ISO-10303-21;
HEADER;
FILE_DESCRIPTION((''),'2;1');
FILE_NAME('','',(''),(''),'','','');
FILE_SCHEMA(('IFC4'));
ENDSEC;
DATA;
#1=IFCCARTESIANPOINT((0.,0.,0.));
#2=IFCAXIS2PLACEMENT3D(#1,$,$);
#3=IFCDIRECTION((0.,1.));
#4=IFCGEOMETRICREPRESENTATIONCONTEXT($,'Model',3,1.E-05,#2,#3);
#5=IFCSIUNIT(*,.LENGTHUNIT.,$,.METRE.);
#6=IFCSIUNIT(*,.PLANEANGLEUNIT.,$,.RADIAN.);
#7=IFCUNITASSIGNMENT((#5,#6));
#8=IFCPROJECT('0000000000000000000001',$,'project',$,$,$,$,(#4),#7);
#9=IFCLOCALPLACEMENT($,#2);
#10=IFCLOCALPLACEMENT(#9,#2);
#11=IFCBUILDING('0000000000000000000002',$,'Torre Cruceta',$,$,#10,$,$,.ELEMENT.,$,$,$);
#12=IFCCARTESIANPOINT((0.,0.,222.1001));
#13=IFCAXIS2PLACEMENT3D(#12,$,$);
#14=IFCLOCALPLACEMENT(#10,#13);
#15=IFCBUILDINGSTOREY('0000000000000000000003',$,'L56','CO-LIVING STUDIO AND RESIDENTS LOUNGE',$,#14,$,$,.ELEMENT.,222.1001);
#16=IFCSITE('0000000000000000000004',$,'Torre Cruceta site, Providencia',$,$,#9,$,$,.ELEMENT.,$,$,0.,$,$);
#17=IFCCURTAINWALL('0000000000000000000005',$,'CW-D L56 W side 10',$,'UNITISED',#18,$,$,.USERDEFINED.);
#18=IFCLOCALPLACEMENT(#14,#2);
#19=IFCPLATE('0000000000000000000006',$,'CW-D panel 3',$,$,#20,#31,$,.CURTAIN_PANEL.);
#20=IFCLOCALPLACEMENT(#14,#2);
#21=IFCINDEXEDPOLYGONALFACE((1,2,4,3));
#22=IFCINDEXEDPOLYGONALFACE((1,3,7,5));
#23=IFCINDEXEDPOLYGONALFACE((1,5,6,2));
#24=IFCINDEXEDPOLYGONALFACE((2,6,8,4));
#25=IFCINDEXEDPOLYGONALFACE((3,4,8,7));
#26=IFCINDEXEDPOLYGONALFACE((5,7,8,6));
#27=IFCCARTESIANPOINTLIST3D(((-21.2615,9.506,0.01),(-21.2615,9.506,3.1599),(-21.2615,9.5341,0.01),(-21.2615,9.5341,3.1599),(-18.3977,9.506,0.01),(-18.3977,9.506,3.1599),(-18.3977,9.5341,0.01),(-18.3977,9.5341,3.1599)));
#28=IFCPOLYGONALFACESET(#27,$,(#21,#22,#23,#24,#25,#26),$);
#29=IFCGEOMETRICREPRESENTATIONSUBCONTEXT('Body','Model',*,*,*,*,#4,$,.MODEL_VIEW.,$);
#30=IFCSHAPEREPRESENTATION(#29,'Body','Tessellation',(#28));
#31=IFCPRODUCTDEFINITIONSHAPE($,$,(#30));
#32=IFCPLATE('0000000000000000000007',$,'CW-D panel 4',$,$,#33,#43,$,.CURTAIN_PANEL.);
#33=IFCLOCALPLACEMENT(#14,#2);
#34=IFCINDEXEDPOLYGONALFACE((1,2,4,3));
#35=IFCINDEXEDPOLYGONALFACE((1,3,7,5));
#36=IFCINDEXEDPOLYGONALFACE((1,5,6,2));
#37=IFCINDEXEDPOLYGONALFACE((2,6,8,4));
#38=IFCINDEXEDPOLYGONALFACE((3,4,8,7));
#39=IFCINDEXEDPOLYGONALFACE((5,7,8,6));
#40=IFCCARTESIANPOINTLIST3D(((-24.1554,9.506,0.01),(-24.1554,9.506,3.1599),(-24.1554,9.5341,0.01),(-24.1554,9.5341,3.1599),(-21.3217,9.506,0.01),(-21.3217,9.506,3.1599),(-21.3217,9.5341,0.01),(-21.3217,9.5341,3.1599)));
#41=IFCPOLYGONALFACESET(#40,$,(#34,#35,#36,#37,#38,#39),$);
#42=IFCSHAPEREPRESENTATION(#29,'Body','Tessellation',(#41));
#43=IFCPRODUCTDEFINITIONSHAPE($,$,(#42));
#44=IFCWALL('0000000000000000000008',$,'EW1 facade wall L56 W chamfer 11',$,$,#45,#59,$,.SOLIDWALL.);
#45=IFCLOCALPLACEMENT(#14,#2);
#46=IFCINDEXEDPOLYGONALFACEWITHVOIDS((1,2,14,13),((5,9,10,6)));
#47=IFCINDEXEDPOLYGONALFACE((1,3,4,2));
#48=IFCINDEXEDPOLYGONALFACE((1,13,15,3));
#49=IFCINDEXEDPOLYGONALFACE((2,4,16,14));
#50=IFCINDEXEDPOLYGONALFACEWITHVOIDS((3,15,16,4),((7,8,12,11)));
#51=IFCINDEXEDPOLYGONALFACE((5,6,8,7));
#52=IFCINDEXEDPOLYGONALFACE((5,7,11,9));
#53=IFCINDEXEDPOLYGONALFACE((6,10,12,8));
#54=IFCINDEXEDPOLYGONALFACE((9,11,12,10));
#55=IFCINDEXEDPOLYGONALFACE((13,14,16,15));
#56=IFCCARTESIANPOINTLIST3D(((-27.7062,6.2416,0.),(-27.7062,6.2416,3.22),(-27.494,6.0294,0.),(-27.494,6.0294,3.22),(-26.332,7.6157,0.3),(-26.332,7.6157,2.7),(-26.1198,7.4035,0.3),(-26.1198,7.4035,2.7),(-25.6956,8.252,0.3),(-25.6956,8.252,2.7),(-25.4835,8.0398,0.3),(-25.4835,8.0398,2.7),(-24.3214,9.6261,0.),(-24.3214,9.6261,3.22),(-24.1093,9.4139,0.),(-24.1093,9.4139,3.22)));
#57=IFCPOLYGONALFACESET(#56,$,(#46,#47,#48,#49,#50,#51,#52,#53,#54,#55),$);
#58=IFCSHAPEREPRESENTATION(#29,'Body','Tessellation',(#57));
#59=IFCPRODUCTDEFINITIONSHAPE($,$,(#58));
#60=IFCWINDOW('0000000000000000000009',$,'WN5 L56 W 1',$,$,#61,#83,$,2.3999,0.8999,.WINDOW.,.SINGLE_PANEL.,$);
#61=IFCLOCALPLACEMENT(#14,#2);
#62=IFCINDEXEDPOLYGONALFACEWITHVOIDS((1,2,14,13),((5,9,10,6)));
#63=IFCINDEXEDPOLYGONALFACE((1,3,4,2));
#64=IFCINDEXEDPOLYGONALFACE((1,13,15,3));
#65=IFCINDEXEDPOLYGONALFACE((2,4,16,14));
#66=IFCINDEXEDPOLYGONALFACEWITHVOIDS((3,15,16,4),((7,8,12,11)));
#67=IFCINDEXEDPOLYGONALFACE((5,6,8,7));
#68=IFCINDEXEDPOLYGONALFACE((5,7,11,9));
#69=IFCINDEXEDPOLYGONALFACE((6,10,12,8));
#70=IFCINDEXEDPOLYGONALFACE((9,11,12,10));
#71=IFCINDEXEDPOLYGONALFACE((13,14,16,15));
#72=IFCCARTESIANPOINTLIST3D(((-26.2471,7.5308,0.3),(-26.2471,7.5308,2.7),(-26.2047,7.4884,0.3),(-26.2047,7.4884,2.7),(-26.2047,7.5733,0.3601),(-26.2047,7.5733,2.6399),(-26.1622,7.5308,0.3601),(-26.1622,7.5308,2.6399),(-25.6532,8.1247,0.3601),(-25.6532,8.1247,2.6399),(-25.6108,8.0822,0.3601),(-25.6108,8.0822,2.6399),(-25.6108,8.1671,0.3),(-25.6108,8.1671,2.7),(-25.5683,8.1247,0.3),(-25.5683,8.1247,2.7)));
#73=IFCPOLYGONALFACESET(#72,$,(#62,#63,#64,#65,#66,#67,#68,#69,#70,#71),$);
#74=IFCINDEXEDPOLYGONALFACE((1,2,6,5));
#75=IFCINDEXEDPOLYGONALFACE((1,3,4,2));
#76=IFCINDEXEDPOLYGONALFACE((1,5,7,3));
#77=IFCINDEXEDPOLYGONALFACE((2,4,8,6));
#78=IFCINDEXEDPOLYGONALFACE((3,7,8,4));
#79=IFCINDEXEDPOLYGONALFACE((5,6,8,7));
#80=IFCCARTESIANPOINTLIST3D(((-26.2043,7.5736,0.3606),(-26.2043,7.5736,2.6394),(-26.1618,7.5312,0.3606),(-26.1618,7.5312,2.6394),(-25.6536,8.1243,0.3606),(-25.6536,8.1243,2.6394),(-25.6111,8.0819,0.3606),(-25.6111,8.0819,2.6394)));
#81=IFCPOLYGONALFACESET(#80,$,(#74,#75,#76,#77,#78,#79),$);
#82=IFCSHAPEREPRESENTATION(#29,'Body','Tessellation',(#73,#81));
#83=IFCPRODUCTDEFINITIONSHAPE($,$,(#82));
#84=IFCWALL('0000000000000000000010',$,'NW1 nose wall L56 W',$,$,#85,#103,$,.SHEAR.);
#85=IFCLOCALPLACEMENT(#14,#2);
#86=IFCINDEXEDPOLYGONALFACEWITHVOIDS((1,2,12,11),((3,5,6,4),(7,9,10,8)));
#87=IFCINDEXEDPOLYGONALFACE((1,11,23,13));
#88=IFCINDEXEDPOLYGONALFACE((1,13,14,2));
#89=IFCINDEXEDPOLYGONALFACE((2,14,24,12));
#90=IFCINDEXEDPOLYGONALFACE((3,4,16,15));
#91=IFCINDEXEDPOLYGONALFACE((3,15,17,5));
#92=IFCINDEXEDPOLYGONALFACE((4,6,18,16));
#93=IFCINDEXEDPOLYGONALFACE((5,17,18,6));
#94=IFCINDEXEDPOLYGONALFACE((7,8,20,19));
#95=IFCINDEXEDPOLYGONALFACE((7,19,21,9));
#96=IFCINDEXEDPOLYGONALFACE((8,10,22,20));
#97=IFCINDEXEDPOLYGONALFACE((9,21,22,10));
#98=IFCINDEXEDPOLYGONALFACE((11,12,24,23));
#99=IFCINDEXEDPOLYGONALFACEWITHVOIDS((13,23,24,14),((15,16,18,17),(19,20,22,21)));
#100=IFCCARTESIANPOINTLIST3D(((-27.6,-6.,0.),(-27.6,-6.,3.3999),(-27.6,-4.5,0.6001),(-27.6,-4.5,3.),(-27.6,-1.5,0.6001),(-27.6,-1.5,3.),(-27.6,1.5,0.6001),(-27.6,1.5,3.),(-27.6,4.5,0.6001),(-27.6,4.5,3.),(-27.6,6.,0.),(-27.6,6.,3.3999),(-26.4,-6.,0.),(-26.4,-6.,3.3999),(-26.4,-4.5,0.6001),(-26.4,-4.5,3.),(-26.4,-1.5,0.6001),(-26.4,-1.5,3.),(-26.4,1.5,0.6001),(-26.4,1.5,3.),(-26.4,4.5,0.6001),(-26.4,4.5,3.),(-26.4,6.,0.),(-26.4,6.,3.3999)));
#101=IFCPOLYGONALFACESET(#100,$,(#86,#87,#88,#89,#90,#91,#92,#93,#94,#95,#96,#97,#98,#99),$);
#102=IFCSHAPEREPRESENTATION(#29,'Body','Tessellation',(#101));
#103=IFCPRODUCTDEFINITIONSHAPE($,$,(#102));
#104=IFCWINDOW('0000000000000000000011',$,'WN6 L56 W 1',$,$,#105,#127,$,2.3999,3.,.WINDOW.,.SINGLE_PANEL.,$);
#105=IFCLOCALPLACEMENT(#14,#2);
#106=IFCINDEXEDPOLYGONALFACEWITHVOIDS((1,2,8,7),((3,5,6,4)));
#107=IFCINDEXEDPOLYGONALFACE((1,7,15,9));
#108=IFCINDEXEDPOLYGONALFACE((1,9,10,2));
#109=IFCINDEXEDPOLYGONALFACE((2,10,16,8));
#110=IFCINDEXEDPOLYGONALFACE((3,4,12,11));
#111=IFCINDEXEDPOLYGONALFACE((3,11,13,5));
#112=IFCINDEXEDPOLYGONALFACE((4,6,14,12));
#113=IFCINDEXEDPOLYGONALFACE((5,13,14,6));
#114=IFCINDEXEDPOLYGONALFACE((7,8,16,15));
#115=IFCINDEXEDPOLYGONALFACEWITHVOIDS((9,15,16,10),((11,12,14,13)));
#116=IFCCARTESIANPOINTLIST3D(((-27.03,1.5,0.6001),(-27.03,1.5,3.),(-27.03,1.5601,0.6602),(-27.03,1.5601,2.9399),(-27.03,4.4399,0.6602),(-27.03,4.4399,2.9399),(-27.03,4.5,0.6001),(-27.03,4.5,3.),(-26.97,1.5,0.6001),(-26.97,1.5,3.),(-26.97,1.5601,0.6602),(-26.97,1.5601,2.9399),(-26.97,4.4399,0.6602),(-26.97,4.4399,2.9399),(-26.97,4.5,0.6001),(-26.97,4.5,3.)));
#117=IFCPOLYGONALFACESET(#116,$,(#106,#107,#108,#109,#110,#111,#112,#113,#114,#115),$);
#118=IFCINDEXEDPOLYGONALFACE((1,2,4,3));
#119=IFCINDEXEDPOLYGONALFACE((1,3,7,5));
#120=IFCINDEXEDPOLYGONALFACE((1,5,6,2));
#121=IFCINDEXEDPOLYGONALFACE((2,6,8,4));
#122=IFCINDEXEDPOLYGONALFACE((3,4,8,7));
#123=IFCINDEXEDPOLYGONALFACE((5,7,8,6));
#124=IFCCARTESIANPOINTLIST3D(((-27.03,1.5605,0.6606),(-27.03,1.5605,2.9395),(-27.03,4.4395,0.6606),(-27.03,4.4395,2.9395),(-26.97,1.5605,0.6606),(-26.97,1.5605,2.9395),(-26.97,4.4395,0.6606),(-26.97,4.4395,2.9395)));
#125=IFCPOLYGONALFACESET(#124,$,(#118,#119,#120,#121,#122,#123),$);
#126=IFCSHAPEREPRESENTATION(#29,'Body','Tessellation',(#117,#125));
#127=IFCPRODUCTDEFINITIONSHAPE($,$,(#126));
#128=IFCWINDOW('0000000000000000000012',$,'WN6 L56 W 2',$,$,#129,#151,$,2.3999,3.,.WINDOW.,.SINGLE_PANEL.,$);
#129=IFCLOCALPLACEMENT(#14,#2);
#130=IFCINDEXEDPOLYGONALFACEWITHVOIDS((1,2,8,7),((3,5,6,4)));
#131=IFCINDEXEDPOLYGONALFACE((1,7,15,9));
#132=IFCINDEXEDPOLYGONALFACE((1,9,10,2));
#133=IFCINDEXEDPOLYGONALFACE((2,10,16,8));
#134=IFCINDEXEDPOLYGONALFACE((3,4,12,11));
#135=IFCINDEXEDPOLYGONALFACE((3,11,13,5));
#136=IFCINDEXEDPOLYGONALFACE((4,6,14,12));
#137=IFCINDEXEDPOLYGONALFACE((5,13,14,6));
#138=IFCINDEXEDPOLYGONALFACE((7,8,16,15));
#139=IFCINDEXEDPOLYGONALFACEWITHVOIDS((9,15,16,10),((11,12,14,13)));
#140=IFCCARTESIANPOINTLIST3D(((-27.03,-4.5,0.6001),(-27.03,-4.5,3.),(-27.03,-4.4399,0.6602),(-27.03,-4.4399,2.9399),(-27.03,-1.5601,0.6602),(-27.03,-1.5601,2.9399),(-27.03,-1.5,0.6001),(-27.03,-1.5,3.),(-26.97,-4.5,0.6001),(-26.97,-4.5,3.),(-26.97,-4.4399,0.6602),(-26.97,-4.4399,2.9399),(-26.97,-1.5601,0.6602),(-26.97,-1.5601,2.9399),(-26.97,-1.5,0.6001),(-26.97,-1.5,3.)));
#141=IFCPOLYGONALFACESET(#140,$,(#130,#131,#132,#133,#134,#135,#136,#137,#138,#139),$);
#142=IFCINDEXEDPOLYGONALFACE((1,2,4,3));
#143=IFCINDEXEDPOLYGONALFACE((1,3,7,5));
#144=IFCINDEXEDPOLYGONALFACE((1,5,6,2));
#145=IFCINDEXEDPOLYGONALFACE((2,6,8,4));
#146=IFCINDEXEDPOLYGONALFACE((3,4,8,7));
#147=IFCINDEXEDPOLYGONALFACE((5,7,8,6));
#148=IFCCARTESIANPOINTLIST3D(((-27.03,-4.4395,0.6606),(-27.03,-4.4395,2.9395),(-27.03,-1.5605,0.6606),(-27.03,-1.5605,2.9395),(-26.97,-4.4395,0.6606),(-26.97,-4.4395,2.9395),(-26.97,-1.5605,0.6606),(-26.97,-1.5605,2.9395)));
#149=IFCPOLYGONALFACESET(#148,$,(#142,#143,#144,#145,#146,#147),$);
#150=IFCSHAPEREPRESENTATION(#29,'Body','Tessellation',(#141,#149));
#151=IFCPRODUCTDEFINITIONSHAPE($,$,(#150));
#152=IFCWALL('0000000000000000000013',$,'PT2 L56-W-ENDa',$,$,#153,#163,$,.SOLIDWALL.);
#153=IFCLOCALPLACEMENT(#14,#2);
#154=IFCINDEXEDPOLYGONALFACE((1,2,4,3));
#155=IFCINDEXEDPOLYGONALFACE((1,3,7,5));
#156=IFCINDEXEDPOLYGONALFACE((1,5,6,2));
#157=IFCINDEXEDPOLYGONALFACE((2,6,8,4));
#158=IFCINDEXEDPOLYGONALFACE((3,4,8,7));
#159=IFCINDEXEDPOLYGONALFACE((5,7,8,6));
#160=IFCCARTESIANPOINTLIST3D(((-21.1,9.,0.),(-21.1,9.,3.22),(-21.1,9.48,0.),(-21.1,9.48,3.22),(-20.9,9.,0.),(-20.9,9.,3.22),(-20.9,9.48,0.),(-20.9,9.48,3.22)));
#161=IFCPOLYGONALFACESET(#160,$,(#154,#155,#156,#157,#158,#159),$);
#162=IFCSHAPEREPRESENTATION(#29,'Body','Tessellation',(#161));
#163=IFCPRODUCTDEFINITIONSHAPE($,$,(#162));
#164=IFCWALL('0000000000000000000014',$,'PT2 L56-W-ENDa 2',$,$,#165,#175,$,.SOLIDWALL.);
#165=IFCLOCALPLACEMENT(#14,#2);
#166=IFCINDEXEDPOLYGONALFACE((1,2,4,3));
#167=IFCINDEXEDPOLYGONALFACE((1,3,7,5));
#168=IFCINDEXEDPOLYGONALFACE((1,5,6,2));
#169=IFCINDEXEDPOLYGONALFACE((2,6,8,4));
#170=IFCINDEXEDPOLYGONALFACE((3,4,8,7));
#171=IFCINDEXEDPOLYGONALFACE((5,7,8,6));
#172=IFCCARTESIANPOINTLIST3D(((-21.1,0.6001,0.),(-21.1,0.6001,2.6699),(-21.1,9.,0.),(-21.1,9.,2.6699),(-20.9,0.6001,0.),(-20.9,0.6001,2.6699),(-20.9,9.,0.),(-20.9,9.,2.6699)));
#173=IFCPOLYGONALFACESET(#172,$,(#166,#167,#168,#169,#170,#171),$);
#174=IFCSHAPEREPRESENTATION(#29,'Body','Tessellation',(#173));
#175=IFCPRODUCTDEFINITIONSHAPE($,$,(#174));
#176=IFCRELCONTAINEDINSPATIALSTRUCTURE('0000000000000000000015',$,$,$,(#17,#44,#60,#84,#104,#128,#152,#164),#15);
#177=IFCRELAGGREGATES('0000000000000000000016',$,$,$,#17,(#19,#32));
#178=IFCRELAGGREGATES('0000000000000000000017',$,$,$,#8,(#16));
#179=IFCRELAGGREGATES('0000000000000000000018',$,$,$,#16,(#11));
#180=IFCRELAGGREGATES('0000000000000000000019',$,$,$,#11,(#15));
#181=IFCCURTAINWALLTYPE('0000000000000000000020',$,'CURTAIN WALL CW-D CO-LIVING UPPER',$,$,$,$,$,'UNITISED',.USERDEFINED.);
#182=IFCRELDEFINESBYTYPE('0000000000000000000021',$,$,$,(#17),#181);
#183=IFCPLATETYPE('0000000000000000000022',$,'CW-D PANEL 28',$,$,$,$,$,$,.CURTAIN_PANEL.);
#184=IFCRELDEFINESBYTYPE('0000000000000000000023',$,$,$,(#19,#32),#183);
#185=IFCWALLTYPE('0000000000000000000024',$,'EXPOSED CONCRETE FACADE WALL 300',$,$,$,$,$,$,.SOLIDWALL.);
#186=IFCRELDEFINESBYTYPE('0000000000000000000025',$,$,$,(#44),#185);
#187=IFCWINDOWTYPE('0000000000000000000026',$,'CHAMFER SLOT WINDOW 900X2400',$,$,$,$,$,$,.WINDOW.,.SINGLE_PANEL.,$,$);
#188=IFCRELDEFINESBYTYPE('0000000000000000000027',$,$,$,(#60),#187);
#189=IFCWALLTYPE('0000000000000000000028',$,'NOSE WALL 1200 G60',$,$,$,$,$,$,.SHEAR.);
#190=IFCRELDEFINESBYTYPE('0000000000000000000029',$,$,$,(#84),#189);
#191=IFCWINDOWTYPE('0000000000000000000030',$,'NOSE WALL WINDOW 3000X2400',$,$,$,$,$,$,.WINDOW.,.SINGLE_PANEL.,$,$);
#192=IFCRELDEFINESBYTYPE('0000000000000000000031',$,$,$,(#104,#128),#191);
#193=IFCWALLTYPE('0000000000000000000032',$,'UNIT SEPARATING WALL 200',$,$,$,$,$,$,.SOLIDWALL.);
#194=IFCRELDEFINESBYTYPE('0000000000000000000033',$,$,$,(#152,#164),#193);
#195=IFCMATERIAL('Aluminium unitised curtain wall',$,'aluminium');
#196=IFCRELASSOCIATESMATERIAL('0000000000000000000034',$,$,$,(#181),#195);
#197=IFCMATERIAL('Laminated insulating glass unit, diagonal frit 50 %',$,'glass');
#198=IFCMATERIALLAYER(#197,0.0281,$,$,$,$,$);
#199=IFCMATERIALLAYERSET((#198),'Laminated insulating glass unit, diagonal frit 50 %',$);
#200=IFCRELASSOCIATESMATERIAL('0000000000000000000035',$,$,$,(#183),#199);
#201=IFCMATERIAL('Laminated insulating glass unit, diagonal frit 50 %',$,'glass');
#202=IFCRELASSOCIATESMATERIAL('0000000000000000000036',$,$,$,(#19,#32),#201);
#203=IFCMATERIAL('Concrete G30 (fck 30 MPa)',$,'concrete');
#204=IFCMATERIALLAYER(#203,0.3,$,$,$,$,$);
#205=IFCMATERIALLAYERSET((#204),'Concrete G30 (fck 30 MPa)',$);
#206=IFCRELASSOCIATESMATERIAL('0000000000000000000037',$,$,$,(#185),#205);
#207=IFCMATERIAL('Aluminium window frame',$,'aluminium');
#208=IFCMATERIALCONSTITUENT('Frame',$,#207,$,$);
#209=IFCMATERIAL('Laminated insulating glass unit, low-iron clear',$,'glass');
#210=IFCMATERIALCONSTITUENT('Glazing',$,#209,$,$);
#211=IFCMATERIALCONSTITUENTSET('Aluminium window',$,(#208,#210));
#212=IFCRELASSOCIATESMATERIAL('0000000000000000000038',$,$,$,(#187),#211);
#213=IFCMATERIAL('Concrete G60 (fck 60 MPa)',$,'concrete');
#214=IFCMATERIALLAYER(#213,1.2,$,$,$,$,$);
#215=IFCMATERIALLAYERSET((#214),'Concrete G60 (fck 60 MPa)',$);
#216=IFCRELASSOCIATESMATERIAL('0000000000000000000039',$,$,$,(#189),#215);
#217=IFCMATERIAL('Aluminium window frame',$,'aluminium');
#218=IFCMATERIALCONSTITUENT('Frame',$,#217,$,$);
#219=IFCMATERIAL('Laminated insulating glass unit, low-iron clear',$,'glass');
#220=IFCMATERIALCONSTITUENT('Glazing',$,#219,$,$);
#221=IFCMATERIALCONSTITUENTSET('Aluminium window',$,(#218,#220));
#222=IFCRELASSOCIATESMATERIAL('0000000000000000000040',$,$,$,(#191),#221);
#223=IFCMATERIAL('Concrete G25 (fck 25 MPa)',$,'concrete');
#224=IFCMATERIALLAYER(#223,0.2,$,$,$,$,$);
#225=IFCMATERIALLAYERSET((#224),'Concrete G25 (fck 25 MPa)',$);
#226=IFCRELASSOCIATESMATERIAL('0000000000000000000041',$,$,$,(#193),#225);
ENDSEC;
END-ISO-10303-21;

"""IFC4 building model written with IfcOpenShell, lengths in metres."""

from ifc_helpers import new_model, si_unit, direction, frame, frame_2d, origin, origin_2d, place, context, subcontext, project, spatial, rectangle, hollow_rectangle, extrude, material, layer, layer_set, constituent, constituent_set, type_object, element, fill, aggregate, save


model = new_model("IFC4")

# Units and contexts
model_context = context("Model", 3, precision=1e-05, world=origin(), true_north=direction((0.0, 1.0)))
body_context = subcontext(model_context, "Body", "Model", "MODEL_VIEW")
ifc_project = project(units=[si_unit("LENGTHUNIT", "METRE"), si_unit("PLANEANGLEUNIT", "RADIAN")], contexts=[model_context])

# Site, building, storey
site_placement = place(None, origin())
site = spatial("IfcSite", under=ifc_project, at=site_placement, Name="Torre Cruceta site, Providencia", CompositionType="ELEMENT", RefElevation=0.0)
building_placement = place(site_placement, origin())
building = spatial("IfcBuilding", under=site, at=building_placement, Name="Torre Cruceta", CompositionType="ELEMENT")
storey_placement = place(building_placement, frame((0.0, 0.0, 222.1001)))
storey = spatial("IfcBuildingStorey", under=building, at=storey_placement, Name="L56", Description="CO-LIVING STUDIO AND RESIDENTS LOUNGE", CompositionType="ELEMENT", Elevation=222.1001)

# Curtain wall
ifc_material_1 = material(Name="Aluminium unitised curtain wall", Category="aluminium")
curtain_wall_type = type_object("IfcCurtainWallType", Name="CURTAIN WALL CW-D CO-LIVING UPPER", ElementType="UNITISED", PredefinedType="USERDEFINED", material=ifc_material_1)
curtain_wall_placement = place(storey_placement, origin())
curtain_wall = element("IfcCurtainWall", 1, at=curtain_wall_placement, inside=storey, type_object=curtain_wall_type, Name="CW-D L56 W side 10", ObjectType="UNITISED", PredefinedType="USERDEFINED")

# Plates
ifc_material_2 = material(Name="Laminated insulating glass unit, diagonal frit 50 %", Category="glass")
ifc_material_3 = material(Name="Laminated insulating glass unit, diagonal frit 50 %", Category="glass")
ifc_layer_1 = layer(ifc_material_3, 0.0281)
ifc_layer_set_1 = layer_set([ifc_layer_1], Name="Laminated insulating glass unit, diagonal frit 50 %")
plate_type = type_object("IfcPlateType", Name="CW-D PANEL 28", PredefinedType="CURTAIN_PANEL", material=ifc_layer_set_1)
plate_1_placement = place(storey_placement, frame((-19.8296, 9.52, 0.01), z_axis=(0.0, 0.0, 1.0), x_axis=(-1.0, 0.0, 0.0)))
plate_1 = element("IfcPlate", 2, at=plate_1_placement, type_object=plate_type, material=ifc_material_2, Name="CW-D panel 3", PredefinedType="CURTAIN_PANEL", context=body_context, shape_type="SweptSolid", body=[
    extrude(rectangle(XDim=2.8638, YDim=0.0281, at=origin_2d()), origin(), (0.0, 0.0, 1.0), 3.1499),
])
plate_2_placement = place(storey_placement, frame((-22.7385, 9.52, 0.01), z_axis=(0.0, 0.0, 1.0), x_axis=(-1.0, 0.0, 0.0)))
plate_2 = element("IfcPlate", 3, at=plate_2_placement, type_object=plate_type, material=ifc_material_2, Name="CW-D panel 4", PredefinedType="CURTAIN_PANEL", context=body_context, shape_type="SweptSolid", body=[
    extrude(rectangle(XDim=2.8337, YDim=0.0281, at=origin_2d()), origin(), (0.0, 0.0, 1.0), 3.1499),
])
aggregate(curtain_wall, [plate_1, plate_2])

# Wall, opening, window
ifc_material_4 = material(Name="Concrete G30 (fck 30 MPa)", Category="concrete")
ifc_layer_2 = layer(ifc_material_4, 0.3)
ifc_layer_set_2 = layer_set([ifc_layer_2], Name="Concrete G30 (fck 30 MPa)")
wall_type_1 = type_object("IfcWallType", Name="EXPOSED CONCRETE FACADE WALL 300", PredefinedType="SOLIDWALL", material=ifc_layer_set_2)
wall_1_placement = place(storey_placement, frame((-24.2153, 9.52, 0.0), z_axis=(0.0, 0.0, 1.0), x_axis=(-0.707132, -0.707081, 0.0)))
wall_1 = element("IfcWall", 4, at=wall_1_placement, inside=storey, type_object=wall_type_1, Name="EW1 facade wall L56 W chamfer 11", PredefinedType="SOLIDWALL", context=body_context, shape_type="SweptSolid", body=[
    extrude(rectangle(XDim=4.7866, YDim=0.3, at=frame_2d((2.3933, 0.0))), origin(), (0.0, 0.0, 1.0), 3.22),
])
opening_1_placement = place(wall_1_placement, frame((1.9434, 0.0, 0.3)))
opening_1 = element("IfcOpeningElement", 5, at=opening_1_placement, cuts=wall_1, PredefinedType="OPENING", context=body_context, shape_type="SweptSolid", body=[
    extrude(rectangle(XDim=0.8999, YDim=2.3999, at=frame_2d((0.45, 1.2))), frame((0.0, 0.1599, 0.0), z_axis=(0.0, -1.0, 0.0), x_axis=(1.0, 0.0, 0.0)), (0.0, 0.0, 1.0), 0.3201),
])
ifc_material_5 = material(Name="Aluminium window frame", Category="aluminium")
ifc_constituent_1 = constituent(ifc_material_5, Name="Frame")
ifc_material_6 = material(Name="Laminated insulating glass unit, low-iron clear", Category="glass")
ifc_constituent_2 = constituent(ifc_material_6, Name="Glazing")
ifc_constituent_set_1 = constituent_set(constituents=[ifc_constituent_1, ifc_constituent_2], Name="Aluminium window")
window_type_1 = type_object("IfcWindowType", Name="CHAMFER SLOT WINDOW 900X2400", PartitioningType="SINGLE_PANEL", PredefinedType="WINDOW", material=ifc_constituent_set_1)
window_1_placement = place(opening_1_placement, origin())
window_1 = element("IfcWindow", 6, at=window_1_placement, inside=storey, type_object=window_type_1, Name="WN5 L56 W 1", OverallHeight=2.3999, OverallWidth=0.8999, PartitioningType="SINGLE_PANEL", PredefinedType="WINDOW", context=body_context, shape_type="SweptSolid", body=[
    extrude(hollow_rectangle(XDim=0.8999, YDim=2.3999, WallThickness=0.0601, at=frame_2d((0.45, 1.2))), frame((0.0, 0.03, 0.0), z_axis=(0.0, -1.0, 0.0), x_axis=(1.0, 0.0, 0.0)), (0.0, 0.0, 1.0), 0.0601),
    extrude(rectangle(XDim=0.7788, YDim=2.2788, at=frame_2d((0.45, 1.2))), frame((0.0, 0.03, 0.0), z_axis=(0.0, -1.0, 0.0), x_axis=(1.0, 0.0, 0.0)), (0.0, 0.0, 1.0), 0.0601),
])
fill(opening_1, window_1)

# Wall, openings, windows
ifc_material_7 = material(Name="Concrete G60 (fck 60 MPa)", Category="concrete")
ifc_layer_3 = layer(ifc_material_7, 1.2)
ifc_layer_set_3 = layer_set([ifc_layer_3], Name="Concrete G60 (fck 60 MPa)")
wall_type_2 = type_object("IfcWallType", Name="NOSE WALL 1200 G60", PredefinedType="SHEAR", material=ifc_layer_set_3)
wall_2_placement = place(storey_placement, frame((-27.0, 6.0, 0.0), z_axis=(0.0, 0.0, 1.0), x_axis=(0.0, -1.0, 0.0)))
wall_2 = element("IfcWall", 7, at=wall_2_placement, inside=storey, type_object=wall_type_2, Name="NW1 nose wall L56 W", PredefinedType="SHEAR", context=body_context, shape_type="SweptSolid", body=[
    extrude(rectangle(XDim=12.0, YDim=1.2, at=frame_2d((6.0, 0.0))), origin(), (0.0, 0.0, 1.0), 3.3999),
])
opening_2_placement = place(wall_2_placement, frame((1.5, 0.0, 0.6001)))
opening_2 = element("IfcOpeningElement", 8, at=opening_2_placement, cuts=wall_2, PredefinedType="OPENING", context=body_context, shape_type="SweptSolid", body=[
    extrude(rectangle(XDim=3.0, YDim=2.3999, at=frame_2d((1.5, 1.2))), frame((0.0, 0.6099, 0.0), z_axis=(0.0, -1.0, 0.0), x_axis=(1.0, 0.0, 0.0)), (0.0, 0.0, 1.0), 1.22),
])
opening_3_placement = place(wall_2_placement, frame((7.5, 0.0, 0.6001)))
opening_3 = element("IfcOpeningElement", 9, at=opening_3_placement, cuts=wall_2, PredefinedType="OPENING", context=body_context, shape_type="SweptSolid", body=[
    extrude(rectangle(XDim=3.0, YDim=2.3999, at=frame_2d((1.5, 1.2))), frame((0.0, 0.6099, 0.0), z_axis=(0.0, -1.0, 0.0), x_axis=(1.0, 0.0, 0.0)), (0.0, 0.0, 1.0), 1.22),
])
ifc_material_8 = material(Name="Aluminium window frame", Category="aluminium")
ifc_constituent_3 = constituent(ifc_material_8, Name="Frame")
ifc_material_9 = material(Name="Laminated insulating glass unit, low-iron clear", Category="glass")
ifc_constituent_4 = constituent(ifc_material_9, Name="Glazing")
ifc_constituent_set_2 = constituent_set(constituents=[ifc_constituent_3, ifc_constituent_4], Name="Aluminium window")
window_type_2 = type_object("IfcWindowType", Name="NOSE WALL WINDOW 3000X2400", PartitioningType="SINGLE_PANEL", PredefinedType="WINDOW", material=ifc_constituent_set_2)
window_2_placement = place(opening_2_placement, origin())
window_2 = element("IfcWindow", 10, at=window_2_placement, inside=storey, type_object=window_type_2, Name="WN6 L56 W 1", OverallHeight=2.3999, OverallWidth=3.0, PartitioningType="SINGLE_PANEL", PredefinedType="WINDOW", context=body_context, shape_type="SweptSolid", body=[
    extrude(hollow_rectangle(XDim=3.0, YDim=2.3999, WallThickness=0.0601, at=frame_2d((1.5, 1.2))), frame((0.0, 0.03, 0.0), z_axis=(0.0, -1.0, 0.0), x_axis=(1.0, 0.0, 0.0)), (0.0, 0.0, 1.0), 0.0601),
    extrude(rectangle(XDim=2.8789, YDim=2.2788, at=frame_2d((1.5, 1.2))), frame((0.0, 0.03, 0.0), z_axis=(0.0, -1.0, 0.0), x_axis=(1.0, 0.0, 0.0)), (0.0, 0.0, 1.0), 0.0601),
])
fill(opening_2, window_2)
window_3_placement = place(opening_3_placement, origin())
window_3 = element("IfcWindow", 11, at=window_3_placement, inside=storey, type_object=window_type_2, Name="WN6 L56 W 2", OverallHeight=2.3999, OverallWidth=3.0, PartitioningType="SINGLE_PANEL", PredefinedType="WINDOW", context=body_context, shape_type="SweptSolid", body=[
    extrude(hollow_rectangle(XDim=3.0, YDim=2.3999, WallThickness=0.0601, at=frame_2d((1.5, 1.2))), frame((0.0, 0.03, 0.0), z_axis=(0.0, -1.0, 0.0), x_axis=(1.0, 0.0, 0.0)), (0.0, 0.0, 1.0), 0.0601),
    extrude(rectangle(XDim=2.8789, YDim=2.2788, at=frame_2d((1.5, 1.2))), frame((0.0, 0.03, 0.0), z_axis=(0.0, -1.0, 0.0), x_axis=(1.0, 0.0, 0.0)), (0.0, 0.0, 1.0), 0.0601),
])
fill(opening_3, window_3)

# Walls
ifc_material_10 = material(Name="Concrete G25 (fck 25 MPa)", Category="concrete")
ifc_layer_4 = layer(ifc_material_10, 0.2)
ifc_layer_set_4 = layer_set([ifc_layer_4], Name="Concrete G25 (fck 25 MPa)")
wall_type_3 = type_object("IfcWallType", Name="UNIT SEPARATING WALL 200", PredefinedType="SOLIDWALL", material=ifc_layer_set_4)
wall_3_placement = place(storey_placement, frame((-21.0, 9.48, 0.0), z_axis=(0.0, 0.0, 1.0), x_axis=(0.0, -1.0, 0.0)))
element("IfcWall", 12, at=wall_3_placement, inside=storey, type_object=wall_type_3, Name="PT2 L56-W-ENDa", PredefinedType="SOLIDWALL", context=body_context, shape_type="SweptSolid", body=[
    extrude(rectangle(XDim=0.48, YDim=0.2, at=frame_2d((0.24, 0.0))), origin(), (0.0, 0.0, 1.0), 3.22),
])
wall_4_placement = place(storey_placement, frame((-21.0, 9.0, 0.0), z_axis=(0.0, 0.0, 1.0), x_axis=(0.0, -1.0, 0.0)))
element("IfcWall", 13, at=wall_4_placement, inside=storey, type_object=wall_type_3, Name="PT2 L56-W-ENDa 2", PredefinedType="SOLIDWALL", context=body_context, shape_type="SweptSolid", body=[
    extrude(rectangle(XDim=8.3999, YDim=0.2, at=frame_2d((4.2, 0.0))), origin(), (0.0, 0.0, 1.0), 2.6699),
])

save(model, "model.ifc")
